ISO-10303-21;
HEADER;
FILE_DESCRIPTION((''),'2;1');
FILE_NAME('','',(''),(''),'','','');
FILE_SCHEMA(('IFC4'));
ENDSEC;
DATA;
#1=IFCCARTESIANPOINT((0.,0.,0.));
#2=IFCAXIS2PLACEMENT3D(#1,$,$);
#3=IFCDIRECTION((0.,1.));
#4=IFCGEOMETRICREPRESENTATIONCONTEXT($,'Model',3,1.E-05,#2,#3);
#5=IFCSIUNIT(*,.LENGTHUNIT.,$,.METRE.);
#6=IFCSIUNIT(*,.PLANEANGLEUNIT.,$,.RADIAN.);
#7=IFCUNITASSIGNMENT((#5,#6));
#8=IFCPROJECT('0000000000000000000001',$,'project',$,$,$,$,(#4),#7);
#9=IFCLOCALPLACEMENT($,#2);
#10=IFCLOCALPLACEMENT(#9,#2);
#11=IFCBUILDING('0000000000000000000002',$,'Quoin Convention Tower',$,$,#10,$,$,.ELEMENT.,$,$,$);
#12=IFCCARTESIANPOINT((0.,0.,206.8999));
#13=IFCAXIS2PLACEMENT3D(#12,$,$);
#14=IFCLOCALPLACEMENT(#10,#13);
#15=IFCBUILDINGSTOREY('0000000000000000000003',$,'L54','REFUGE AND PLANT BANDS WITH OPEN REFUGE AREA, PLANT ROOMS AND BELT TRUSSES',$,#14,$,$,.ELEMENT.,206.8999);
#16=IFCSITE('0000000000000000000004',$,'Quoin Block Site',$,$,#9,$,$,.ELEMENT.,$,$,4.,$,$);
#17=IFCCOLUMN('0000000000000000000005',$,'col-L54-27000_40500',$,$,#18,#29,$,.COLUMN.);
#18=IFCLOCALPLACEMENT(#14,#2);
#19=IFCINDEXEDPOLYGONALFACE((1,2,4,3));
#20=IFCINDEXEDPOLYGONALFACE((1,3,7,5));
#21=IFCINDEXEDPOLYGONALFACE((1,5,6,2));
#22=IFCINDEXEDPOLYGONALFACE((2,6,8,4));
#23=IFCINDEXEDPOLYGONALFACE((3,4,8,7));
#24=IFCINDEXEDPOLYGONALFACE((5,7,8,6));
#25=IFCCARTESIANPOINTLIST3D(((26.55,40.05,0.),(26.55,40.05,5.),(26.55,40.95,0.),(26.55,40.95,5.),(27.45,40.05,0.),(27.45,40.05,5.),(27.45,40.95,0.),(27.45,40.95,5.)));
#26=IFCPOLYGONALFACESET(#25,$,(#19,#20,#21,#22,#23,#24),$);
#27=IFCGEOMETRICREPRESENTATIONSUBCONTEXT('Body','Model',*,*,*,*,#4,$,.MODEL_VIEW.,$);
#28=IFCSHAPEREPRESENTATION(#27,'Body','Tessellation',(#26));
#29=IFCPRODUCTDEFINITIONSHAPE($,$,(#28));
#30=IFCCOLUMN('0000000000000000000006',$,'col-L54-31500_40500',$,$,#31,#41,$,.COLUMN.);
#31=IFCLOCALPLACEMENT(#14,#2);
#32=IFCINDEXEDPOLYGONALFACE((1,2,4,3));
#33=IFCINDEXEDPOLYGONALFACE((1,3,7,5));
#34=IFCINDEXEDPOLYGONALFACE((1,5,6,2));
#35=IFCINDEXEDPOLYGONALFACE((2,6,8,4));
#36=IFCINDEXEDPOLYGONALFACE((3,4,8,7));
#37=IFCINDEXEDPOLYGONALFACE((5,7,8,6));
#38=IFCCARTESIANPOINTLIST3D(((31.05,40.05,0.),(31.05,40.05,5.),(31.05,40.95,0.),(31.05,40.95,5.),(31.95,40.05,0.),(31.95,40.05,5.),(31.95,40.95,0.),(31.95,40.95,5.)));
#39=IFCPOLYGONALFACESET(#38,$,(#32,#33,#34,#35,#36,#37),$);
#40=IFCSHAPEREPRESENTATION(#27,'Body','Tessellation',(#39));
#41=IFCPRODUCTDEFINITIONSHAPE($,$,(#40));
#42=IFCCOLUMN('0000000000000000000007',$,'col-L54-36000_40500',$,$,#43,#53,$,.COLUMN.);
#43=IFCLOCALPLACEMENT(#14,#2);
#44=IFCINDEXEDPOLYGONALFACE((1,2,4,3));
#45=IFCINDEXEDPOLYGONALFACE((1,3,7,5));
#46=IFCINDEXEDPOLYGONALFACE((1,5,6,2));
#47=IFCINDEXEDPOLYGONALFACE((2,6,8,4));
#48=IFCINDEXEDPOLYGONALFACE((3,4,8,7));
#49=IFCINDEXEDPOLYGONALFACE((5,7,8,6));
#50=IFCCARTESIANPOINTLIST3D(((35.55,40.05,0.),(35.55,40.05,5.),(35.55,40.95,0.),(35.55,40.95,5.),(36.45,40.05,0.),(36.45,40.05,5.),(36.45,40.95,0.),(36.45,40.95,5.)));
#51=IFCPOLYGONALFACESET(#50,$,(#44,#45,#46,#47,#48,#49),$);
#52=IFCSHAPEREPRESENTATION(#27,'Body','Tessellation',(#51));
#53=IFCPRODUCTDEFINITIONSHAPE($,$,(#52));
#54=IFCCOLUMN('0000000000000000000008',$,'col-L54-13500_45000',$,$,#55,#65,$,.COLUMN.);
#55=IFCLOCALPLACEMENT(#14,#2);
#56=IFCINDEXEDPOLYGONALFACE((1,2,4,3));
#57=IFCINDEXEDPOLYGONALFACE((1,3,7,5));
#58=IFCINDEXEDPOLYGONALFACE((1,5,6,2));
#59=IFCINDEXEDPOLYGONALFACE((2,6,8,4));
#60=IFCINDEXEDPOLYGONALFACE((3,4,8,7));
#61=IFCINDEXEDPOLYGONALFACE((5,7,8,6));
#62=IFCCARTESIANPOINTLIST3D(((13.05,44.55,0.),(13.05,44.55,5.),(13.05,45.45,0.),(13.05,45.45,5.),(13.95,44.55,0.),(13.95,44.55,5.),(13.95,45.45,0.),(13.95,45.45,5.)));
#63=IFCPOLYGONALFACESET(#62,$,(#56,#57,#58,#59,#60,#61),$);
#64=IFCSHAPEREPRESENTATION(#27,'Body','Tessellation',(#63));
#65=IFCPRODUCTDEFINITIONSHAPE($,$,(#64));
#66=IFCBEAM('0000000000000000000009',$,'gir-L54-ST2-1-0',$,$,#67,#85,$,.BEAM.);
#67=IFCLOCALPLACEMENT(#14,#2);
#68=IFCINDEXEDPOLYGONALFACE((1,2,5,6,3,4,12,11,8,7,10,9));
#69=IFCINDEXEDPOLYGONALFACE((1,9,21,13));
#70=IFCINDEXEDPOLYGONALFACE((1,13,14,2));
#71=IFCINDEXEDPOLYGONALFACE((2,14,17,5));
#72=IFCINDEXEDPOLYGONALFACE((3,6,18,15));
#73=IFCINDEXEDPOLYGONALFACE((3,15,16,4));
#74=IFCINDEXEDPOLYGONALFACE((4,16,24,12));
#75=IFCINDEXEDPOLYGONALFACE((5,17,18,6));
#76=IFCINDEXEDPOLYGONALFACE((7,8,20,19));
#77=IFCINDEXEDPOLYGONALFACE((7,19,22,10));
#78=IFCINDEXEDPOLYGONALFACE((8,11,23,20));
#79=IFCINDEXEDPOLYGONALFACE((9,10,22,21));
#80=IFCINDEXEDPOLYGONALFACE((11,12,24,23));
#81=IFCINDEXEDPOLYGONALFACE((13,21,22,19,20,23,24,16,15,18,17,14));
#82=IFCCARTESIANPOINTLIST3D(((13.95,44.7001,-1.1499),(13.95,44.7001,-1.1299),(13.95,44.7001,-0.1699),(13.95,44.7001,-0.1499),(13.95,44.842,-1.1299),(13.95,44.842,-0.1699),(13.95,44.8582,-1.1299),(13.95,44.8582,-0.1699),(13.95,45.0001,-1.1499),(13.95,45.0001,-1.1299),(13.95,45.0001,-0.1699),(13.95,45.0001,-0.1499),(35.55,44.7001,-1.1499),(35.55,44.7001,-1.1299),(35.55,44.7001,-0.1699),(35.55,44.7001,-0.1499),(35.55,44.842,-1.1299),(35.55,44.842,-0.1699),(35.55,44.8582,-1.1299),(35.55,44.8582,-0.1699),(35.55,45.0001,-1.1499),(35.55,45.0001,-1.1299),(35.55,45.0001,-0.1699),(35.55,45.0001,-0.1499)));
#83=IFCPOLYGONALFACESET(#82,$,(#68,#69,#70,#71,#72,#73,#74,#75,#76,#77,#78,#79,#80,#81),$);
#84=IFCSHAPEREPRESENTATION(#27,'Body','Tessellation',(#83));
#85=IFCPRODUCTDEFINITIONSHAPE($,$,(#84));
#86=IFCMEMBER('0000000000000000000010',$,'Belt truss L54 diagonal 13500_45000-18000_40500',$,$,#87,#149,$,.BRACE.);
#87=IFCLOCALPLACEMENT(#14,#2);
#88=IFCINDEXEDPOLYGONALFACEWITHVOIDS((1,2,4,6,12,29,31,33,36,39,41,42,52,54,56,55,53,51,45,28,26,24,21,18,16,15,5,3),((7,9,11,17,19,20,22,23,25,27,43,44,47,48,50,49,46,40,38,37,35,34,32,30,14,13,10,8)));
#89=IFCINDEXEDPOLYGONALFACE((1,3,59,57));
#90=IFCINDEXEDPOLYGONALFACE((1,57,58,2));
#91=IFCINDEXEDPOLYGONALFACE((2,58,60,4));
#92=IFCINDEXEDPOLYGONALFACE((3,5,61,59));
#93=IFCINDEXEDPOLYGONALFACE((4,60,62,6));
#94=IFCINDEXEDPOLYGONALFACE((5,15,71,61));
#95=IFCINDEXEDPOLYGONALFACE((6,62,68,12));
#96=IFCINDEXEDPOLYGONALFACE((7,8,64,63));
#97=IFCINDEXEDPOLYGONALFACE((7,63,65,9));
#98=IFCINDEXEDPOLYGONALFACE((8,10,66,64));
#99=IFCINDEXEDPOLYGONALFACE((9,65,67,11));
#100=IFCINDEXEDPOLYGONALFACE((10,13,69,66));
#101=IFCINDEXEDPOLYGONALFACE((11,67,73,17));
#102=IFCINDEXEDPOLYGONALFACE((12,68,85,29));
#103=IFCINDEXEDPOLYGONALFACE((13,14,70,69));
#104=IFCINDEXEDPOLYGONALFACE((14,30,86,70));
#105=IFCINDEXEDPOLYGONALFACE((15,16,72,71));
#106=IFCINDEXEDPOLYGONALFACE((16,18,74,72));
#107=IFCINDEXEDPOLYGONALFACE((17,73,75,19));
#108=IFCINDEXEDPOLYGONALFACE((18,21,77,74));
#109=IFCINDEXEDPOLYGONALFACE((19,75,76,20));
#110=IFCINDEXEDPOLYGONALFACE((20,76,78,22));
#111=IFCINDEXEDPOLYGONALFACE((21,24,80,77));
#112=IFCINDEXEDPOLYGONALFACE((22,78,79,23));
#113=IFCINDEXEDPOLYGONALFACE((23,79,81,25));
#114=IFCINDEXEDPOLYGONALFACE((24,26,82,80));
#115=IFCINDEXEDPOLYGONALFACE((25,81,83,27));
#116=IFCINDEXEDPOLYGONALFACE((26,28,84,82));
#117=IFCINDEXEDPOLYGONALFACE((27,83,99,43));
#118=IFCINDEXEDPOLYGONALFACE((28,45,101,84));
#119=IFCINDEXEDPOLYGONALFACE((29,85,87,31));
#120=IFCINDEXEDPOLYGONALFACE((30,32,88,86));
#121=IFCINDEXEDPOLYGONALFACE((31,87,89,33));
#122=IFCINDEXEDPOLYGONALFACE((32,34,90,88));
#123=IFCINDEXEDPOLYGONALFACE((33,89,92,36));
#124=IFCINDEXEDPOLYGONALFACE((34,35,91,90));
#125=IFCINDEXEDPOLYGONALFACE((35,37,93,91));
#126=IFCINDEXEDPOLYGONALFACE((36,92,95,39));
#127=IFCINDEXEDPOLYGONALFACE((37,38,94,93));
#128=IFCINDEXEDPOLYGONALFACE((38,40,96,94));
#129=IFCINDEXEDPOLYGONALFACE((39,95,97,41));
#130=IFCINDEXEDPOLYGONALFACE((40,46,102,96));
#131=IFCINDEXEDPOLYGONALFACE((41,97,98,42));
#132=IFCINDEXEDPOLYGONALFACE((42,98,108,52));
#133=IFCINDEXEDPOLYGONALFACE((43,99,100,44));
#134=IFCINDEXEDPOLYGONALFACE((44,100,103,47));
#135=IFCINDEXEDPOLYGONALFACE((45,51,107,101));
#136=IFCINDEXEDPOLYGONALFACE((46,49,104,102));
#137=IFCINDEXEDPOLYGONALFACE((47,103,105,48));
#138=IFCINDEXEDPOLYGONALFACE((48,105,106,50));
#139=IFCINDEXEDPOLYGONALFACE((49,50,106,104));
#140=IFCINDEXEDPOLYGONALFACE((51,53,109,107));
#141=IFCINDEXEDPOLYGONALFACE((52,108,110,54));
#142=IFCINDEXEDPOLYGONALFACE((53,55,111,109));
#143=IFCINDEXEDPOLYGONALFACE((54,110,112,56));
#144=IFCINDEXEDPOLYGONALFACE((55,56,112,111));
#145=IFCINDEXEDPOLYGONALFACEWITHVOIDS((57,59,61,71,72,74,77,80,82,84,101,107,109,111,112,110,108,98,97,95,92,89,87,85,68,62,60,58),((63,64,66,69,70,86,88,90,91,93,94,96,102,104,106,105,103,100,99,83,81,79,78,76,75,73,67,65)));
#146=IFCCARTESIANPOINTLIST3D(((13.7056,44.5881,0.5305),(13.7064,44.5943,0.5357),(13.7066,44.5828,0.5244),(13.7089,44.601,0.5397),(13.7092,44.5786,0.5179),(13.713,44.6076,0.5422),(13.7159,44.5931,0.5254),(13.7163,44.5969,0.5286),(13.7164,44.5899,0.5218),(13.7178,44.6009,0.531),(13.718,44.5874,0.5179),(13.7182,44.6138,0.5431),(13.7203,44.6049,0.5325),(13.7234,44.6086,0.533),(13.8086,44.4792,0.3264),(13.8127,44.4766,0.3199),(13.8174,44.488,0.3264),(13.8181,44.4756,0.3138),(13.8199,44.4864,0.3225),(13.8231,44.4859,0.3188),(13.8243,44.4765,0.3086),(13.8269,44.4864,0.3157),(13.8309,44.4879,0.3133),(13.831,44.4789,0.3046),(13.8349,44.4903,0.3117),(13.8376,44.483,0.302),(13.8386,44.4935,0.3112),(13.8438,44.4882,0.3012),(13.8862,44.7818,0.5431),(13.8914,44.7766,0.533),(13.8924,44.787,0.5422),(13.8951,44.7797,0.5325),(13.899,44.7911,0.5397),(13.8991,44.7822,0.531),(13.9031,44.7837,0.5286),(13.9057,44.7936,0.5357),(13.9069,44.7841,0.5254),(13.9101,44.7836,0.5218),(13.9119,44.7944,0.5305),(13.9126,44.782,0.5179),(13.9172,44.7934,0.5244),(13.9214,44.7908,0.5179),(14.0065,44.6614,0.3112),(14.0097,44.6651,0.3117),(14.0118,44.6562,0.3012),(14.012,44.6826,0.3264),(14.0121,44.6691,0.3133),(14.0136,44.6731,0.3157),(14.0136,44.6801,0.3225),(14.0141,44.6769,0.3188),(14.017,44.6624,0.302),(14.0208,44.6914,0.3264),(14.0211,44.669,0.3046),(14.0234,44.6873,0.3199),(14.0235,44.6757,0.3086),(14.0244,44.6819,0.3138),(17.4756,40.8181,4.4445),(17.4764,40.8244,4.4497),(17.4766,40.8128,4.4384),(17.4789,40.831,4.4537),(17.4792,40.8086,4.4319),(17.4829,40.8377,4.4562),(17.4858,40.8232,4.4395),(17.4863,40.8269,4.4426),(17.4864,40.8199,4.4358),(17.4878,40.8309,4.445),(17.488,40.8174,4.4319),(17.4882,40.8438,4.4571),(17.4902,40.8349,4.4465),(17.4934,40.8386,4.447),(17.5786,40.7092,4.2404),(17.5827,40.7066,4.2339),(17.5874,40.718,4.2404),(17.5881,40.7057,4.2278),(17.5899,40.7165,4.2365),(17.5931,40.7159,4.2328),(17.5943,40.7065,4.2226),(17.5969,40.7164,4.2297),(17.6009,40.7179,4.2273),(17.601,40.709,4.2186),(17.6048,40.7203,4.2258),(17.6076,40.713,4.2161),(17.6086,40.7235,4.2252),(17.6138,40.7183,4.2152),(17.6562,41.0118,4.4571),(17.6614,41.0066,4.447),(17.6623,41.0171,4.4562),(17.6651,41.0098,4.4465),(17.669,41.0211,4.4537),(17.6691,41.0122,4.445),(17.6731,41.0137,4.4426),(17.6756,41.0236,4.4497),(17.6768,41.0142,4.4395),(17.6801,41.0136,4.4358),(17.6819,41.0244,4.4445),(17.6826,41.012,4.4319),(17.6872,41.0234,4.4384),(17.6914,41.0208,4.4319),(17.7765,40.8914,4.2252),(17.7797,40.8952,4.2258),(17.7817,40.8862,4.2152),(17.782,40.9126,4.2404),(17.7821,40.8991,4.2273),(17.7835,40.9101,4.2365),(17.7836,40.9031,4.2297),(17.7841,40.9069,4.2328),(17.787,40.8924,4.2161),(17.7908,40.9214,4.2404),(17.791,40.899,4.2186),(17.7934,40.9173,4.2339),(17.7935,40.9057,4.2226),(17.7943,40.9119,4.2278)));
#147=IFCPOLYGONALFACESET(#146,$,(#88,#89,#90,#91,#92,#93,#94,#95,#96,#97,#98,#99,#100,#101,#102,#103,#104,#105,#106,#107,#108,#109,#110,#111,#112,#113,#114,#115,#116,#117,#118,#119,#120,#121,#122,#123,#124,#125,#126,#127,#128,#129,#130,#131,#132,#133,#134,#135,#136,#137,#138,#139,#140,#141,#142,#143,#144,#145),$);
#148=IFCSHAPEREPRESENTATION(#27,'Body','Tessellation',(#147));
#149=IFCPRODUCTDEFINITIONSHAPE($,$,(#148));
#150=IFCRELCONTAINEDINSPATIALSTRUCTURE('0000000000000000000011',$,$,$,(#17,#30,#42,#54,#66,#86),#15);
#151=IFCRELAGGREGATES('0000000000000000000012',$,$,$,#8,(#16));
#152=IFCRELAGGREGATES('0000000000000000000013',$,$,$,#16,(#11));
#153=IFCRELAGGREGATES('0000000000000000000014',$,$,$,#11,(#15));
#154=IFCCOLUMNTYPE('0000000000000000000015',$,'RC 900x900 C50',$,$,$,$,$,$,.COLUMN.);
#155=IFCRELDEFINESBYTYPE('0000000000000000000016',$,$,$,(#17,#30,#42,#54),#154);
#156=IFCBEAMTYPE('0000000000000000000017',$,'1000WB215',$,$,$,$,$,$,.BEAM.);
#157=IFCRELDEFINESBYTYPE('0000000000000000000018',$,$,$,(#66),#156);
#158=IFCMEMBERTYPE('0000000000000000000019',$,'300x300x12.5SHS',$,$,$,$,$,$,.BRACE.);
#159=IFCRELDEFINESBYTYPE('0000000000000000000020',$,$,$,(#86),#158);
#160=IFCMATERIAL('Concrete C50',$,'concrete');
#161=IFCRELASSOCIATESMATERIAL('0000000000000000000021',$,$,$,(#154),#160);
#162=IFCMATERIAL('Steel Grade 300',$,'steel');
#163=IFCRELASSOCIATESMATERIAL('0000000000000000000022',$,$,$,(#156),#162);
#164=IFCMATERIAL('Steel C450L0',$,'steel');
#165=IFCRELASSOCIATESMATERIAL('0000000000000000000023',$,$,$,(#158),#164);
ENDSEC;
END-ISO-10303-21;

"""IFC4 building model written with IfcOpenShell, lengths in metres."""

from ifc_helpers import new_model, si_unit, direction, frame, origin, origin_2d, place, context, subcontext, project, spatial, rectangle, hollow_rectangle, i_section, extrude, material, material_profile, profile_set, type_object, element, save


model = new_model("IFC4")

# Units and contexts
model_context = context("Model", 3, precision=1e-05, world=origin(), true_north=direction((0.0, 1.0)))
body_context = subcontext(model_context, "Body", "Model", "MODEL_VIEW")
ifc_project = project(units=[si_unit("LENGTHUNIT", "METRE"), si_unit("PLANEANGLEUNIT", "RADIAN")], contexts=[model_context])

# Site, building, storey
site_placement = place(None, origin())
site = spatial("IfcSite", under=ifc_project, at=site_placement, Name="Quoin Block Site", CompositionType="ELEMENT", RefElevation=4.0)
building_placement = place(site_placement, origin())
building = spatial("IfcBuilding", under=site, at=building_placement, Name="Quoin Convention Tower", CompositionType="ELEMENT")
storey_placement = place(building_placement, frame((0.0, 0.0, 206.8999)))
storey = spatial("IfcBuildingStorey", under=building, at=storey_placement, Name="L54", Description="REFUGE AND PLANT BANDS WITH OPEN REFUGE AREA, PLANT ROOMS AND BELT TRUSSES", CompositionType="ELEMENT", Elevation=206.8999)

# Columns
ifc_material_1 = material(Name="Concrete C50", Category="concrete")
ifc_material_profile_1 = material_profile(ifc_material_1, rectangle(XDim=0.8999, YDim=0.8999, at=origin_2d()), Name="RC 900x900")
ifc_profile_set_1 = profile_set([ifc_material_profile_1], Name="Concrete C50")
column_type = type_object("IfcColumnType", Name="RC 900x900 C50", PredefinedType="COLUMN", material=ifc_profile_set_1)
for number, where, z_axis, x_axis, name in (
    (1, (27.0, 40.5, 0.0), (0.0, 0.0, 1.0), (1.0, 0.0, 0.0), "col-L54-27000_40500"),
    (2, (31.5, 40.5, 0.0), (0.0, 0.0, 1.0), (1.0, 0.0, 0.0), "col-L54-31500_40500"),
    (3, (36.0, 40.5, 0.0), (0.0, 0.0, 1.0), (1.0, 0.0, 0.0), "col-L54-36000_40500"),
    (4, (13.5, 45.0, 0.0), (0.0, 0.0, 1.0), (1.0, 0.0, 0.0), "col-L54-13500_45000"),
):
    element("IfcColumn", number, at=place(storey_placement, frame(where, z_axis=z_axis, x_axis=x_axis)), inside=storey, type_object=column_type, Name=name, PredefinedType="COLUMN", context=body_context, shape_type="SweptSolid", body=[
        extrude(rectangle(XDim=0.8999, YDim=0.8999, at=origin_2d()), origin(), (0.0, 0.0, 1.0), 5.0),
    ])

# Beam
ifc_material_2 = material(Name="Steel Grade 300", Category="steel")
ifc_material_profile_2 = material_profile(ifc_material_2, i_section(OverallWidth=0.3, OverallDepth=1.0, WebThickness=0.0161, FlangeThickness=0.02, at=origin_2d()), Name="1000WB215")
ifc_profile_set_2 = profile_set([ifc_material_profile_2], Name="Steel Grade 300")
beam_type_1 = type_object("IfcBeamType", Name="1000WB215", PredefinedType="BEAM", material=ifc_profile_set_2)
beam_1_placement = place(storey_placement, frame((13.95, 44.8501, -0.6499), z_axis=(1.0, 0.0, 0.0), x_axis=(0.0, 1.0, 0.0)))
element("IfcBeam", 5, at=beam_1_placement, inside=storey, type_object=beam_type_1, Name="gir-L54-ST2-1-0", PredefinedType="BEAM", context=body_context, shape_type="SweptSolid", body=[
    extrude(i_section(OverallWidth=0.3, OverallDepth=1.0, WebThickness=0.0161, FlangeThickness=0.02, at=origin_2d()), origin(), (0.0, 0.0, 1.0), 21.6001),
])

# Member
ifc_material_3 = material(Name="Steel C450L0", Category="steel")
ifc_material_profile_3 = material_profile(ifc_material_3, hollow_rectangle(XDim=0.3, YDim=0.3, WallThickness=0.0125, InnerFilletRadius=0.0188, OuterFilletRadius=0.0312, at=origin_2d()), Name="300x300x12.5SHS")
ifc_profile_set_3 = profile_set([ifc_material_profile_3], Name="Steel C450L0")
member_type_1 = type_object("IfcMemberType", Name="300x300x12.5SHS", PredefinedType="BRACE", material=ifc_profile_set_3)
member_1_placement = place(storey_placement, frame((13.865, 44.635, 0.4221), z_axis=(0.57, -0.57, 0.591778), x_axis=(0.707107, 0.707107, 0.0)))
element("IfcMember", 6, at=member_1_placement, inside=storey, type_object=member_type_1, Name="Belt truss L54 diagonal 13500_45000-18000_40500", PredefinedType="BRACE", context=body_context, shape_type="SweptSolid", body=[
    extrude(hollow_rectangle(XDim=0.3, YDim=0.3, WallThickness=0.0125, InnerFilletRadius=0.0188, OuterFilletRadius=0.0312, at=origin_2d()), origin(), (0.0, 0.0, 1.0), 6.614),
])

save(model, "model.ifc")
